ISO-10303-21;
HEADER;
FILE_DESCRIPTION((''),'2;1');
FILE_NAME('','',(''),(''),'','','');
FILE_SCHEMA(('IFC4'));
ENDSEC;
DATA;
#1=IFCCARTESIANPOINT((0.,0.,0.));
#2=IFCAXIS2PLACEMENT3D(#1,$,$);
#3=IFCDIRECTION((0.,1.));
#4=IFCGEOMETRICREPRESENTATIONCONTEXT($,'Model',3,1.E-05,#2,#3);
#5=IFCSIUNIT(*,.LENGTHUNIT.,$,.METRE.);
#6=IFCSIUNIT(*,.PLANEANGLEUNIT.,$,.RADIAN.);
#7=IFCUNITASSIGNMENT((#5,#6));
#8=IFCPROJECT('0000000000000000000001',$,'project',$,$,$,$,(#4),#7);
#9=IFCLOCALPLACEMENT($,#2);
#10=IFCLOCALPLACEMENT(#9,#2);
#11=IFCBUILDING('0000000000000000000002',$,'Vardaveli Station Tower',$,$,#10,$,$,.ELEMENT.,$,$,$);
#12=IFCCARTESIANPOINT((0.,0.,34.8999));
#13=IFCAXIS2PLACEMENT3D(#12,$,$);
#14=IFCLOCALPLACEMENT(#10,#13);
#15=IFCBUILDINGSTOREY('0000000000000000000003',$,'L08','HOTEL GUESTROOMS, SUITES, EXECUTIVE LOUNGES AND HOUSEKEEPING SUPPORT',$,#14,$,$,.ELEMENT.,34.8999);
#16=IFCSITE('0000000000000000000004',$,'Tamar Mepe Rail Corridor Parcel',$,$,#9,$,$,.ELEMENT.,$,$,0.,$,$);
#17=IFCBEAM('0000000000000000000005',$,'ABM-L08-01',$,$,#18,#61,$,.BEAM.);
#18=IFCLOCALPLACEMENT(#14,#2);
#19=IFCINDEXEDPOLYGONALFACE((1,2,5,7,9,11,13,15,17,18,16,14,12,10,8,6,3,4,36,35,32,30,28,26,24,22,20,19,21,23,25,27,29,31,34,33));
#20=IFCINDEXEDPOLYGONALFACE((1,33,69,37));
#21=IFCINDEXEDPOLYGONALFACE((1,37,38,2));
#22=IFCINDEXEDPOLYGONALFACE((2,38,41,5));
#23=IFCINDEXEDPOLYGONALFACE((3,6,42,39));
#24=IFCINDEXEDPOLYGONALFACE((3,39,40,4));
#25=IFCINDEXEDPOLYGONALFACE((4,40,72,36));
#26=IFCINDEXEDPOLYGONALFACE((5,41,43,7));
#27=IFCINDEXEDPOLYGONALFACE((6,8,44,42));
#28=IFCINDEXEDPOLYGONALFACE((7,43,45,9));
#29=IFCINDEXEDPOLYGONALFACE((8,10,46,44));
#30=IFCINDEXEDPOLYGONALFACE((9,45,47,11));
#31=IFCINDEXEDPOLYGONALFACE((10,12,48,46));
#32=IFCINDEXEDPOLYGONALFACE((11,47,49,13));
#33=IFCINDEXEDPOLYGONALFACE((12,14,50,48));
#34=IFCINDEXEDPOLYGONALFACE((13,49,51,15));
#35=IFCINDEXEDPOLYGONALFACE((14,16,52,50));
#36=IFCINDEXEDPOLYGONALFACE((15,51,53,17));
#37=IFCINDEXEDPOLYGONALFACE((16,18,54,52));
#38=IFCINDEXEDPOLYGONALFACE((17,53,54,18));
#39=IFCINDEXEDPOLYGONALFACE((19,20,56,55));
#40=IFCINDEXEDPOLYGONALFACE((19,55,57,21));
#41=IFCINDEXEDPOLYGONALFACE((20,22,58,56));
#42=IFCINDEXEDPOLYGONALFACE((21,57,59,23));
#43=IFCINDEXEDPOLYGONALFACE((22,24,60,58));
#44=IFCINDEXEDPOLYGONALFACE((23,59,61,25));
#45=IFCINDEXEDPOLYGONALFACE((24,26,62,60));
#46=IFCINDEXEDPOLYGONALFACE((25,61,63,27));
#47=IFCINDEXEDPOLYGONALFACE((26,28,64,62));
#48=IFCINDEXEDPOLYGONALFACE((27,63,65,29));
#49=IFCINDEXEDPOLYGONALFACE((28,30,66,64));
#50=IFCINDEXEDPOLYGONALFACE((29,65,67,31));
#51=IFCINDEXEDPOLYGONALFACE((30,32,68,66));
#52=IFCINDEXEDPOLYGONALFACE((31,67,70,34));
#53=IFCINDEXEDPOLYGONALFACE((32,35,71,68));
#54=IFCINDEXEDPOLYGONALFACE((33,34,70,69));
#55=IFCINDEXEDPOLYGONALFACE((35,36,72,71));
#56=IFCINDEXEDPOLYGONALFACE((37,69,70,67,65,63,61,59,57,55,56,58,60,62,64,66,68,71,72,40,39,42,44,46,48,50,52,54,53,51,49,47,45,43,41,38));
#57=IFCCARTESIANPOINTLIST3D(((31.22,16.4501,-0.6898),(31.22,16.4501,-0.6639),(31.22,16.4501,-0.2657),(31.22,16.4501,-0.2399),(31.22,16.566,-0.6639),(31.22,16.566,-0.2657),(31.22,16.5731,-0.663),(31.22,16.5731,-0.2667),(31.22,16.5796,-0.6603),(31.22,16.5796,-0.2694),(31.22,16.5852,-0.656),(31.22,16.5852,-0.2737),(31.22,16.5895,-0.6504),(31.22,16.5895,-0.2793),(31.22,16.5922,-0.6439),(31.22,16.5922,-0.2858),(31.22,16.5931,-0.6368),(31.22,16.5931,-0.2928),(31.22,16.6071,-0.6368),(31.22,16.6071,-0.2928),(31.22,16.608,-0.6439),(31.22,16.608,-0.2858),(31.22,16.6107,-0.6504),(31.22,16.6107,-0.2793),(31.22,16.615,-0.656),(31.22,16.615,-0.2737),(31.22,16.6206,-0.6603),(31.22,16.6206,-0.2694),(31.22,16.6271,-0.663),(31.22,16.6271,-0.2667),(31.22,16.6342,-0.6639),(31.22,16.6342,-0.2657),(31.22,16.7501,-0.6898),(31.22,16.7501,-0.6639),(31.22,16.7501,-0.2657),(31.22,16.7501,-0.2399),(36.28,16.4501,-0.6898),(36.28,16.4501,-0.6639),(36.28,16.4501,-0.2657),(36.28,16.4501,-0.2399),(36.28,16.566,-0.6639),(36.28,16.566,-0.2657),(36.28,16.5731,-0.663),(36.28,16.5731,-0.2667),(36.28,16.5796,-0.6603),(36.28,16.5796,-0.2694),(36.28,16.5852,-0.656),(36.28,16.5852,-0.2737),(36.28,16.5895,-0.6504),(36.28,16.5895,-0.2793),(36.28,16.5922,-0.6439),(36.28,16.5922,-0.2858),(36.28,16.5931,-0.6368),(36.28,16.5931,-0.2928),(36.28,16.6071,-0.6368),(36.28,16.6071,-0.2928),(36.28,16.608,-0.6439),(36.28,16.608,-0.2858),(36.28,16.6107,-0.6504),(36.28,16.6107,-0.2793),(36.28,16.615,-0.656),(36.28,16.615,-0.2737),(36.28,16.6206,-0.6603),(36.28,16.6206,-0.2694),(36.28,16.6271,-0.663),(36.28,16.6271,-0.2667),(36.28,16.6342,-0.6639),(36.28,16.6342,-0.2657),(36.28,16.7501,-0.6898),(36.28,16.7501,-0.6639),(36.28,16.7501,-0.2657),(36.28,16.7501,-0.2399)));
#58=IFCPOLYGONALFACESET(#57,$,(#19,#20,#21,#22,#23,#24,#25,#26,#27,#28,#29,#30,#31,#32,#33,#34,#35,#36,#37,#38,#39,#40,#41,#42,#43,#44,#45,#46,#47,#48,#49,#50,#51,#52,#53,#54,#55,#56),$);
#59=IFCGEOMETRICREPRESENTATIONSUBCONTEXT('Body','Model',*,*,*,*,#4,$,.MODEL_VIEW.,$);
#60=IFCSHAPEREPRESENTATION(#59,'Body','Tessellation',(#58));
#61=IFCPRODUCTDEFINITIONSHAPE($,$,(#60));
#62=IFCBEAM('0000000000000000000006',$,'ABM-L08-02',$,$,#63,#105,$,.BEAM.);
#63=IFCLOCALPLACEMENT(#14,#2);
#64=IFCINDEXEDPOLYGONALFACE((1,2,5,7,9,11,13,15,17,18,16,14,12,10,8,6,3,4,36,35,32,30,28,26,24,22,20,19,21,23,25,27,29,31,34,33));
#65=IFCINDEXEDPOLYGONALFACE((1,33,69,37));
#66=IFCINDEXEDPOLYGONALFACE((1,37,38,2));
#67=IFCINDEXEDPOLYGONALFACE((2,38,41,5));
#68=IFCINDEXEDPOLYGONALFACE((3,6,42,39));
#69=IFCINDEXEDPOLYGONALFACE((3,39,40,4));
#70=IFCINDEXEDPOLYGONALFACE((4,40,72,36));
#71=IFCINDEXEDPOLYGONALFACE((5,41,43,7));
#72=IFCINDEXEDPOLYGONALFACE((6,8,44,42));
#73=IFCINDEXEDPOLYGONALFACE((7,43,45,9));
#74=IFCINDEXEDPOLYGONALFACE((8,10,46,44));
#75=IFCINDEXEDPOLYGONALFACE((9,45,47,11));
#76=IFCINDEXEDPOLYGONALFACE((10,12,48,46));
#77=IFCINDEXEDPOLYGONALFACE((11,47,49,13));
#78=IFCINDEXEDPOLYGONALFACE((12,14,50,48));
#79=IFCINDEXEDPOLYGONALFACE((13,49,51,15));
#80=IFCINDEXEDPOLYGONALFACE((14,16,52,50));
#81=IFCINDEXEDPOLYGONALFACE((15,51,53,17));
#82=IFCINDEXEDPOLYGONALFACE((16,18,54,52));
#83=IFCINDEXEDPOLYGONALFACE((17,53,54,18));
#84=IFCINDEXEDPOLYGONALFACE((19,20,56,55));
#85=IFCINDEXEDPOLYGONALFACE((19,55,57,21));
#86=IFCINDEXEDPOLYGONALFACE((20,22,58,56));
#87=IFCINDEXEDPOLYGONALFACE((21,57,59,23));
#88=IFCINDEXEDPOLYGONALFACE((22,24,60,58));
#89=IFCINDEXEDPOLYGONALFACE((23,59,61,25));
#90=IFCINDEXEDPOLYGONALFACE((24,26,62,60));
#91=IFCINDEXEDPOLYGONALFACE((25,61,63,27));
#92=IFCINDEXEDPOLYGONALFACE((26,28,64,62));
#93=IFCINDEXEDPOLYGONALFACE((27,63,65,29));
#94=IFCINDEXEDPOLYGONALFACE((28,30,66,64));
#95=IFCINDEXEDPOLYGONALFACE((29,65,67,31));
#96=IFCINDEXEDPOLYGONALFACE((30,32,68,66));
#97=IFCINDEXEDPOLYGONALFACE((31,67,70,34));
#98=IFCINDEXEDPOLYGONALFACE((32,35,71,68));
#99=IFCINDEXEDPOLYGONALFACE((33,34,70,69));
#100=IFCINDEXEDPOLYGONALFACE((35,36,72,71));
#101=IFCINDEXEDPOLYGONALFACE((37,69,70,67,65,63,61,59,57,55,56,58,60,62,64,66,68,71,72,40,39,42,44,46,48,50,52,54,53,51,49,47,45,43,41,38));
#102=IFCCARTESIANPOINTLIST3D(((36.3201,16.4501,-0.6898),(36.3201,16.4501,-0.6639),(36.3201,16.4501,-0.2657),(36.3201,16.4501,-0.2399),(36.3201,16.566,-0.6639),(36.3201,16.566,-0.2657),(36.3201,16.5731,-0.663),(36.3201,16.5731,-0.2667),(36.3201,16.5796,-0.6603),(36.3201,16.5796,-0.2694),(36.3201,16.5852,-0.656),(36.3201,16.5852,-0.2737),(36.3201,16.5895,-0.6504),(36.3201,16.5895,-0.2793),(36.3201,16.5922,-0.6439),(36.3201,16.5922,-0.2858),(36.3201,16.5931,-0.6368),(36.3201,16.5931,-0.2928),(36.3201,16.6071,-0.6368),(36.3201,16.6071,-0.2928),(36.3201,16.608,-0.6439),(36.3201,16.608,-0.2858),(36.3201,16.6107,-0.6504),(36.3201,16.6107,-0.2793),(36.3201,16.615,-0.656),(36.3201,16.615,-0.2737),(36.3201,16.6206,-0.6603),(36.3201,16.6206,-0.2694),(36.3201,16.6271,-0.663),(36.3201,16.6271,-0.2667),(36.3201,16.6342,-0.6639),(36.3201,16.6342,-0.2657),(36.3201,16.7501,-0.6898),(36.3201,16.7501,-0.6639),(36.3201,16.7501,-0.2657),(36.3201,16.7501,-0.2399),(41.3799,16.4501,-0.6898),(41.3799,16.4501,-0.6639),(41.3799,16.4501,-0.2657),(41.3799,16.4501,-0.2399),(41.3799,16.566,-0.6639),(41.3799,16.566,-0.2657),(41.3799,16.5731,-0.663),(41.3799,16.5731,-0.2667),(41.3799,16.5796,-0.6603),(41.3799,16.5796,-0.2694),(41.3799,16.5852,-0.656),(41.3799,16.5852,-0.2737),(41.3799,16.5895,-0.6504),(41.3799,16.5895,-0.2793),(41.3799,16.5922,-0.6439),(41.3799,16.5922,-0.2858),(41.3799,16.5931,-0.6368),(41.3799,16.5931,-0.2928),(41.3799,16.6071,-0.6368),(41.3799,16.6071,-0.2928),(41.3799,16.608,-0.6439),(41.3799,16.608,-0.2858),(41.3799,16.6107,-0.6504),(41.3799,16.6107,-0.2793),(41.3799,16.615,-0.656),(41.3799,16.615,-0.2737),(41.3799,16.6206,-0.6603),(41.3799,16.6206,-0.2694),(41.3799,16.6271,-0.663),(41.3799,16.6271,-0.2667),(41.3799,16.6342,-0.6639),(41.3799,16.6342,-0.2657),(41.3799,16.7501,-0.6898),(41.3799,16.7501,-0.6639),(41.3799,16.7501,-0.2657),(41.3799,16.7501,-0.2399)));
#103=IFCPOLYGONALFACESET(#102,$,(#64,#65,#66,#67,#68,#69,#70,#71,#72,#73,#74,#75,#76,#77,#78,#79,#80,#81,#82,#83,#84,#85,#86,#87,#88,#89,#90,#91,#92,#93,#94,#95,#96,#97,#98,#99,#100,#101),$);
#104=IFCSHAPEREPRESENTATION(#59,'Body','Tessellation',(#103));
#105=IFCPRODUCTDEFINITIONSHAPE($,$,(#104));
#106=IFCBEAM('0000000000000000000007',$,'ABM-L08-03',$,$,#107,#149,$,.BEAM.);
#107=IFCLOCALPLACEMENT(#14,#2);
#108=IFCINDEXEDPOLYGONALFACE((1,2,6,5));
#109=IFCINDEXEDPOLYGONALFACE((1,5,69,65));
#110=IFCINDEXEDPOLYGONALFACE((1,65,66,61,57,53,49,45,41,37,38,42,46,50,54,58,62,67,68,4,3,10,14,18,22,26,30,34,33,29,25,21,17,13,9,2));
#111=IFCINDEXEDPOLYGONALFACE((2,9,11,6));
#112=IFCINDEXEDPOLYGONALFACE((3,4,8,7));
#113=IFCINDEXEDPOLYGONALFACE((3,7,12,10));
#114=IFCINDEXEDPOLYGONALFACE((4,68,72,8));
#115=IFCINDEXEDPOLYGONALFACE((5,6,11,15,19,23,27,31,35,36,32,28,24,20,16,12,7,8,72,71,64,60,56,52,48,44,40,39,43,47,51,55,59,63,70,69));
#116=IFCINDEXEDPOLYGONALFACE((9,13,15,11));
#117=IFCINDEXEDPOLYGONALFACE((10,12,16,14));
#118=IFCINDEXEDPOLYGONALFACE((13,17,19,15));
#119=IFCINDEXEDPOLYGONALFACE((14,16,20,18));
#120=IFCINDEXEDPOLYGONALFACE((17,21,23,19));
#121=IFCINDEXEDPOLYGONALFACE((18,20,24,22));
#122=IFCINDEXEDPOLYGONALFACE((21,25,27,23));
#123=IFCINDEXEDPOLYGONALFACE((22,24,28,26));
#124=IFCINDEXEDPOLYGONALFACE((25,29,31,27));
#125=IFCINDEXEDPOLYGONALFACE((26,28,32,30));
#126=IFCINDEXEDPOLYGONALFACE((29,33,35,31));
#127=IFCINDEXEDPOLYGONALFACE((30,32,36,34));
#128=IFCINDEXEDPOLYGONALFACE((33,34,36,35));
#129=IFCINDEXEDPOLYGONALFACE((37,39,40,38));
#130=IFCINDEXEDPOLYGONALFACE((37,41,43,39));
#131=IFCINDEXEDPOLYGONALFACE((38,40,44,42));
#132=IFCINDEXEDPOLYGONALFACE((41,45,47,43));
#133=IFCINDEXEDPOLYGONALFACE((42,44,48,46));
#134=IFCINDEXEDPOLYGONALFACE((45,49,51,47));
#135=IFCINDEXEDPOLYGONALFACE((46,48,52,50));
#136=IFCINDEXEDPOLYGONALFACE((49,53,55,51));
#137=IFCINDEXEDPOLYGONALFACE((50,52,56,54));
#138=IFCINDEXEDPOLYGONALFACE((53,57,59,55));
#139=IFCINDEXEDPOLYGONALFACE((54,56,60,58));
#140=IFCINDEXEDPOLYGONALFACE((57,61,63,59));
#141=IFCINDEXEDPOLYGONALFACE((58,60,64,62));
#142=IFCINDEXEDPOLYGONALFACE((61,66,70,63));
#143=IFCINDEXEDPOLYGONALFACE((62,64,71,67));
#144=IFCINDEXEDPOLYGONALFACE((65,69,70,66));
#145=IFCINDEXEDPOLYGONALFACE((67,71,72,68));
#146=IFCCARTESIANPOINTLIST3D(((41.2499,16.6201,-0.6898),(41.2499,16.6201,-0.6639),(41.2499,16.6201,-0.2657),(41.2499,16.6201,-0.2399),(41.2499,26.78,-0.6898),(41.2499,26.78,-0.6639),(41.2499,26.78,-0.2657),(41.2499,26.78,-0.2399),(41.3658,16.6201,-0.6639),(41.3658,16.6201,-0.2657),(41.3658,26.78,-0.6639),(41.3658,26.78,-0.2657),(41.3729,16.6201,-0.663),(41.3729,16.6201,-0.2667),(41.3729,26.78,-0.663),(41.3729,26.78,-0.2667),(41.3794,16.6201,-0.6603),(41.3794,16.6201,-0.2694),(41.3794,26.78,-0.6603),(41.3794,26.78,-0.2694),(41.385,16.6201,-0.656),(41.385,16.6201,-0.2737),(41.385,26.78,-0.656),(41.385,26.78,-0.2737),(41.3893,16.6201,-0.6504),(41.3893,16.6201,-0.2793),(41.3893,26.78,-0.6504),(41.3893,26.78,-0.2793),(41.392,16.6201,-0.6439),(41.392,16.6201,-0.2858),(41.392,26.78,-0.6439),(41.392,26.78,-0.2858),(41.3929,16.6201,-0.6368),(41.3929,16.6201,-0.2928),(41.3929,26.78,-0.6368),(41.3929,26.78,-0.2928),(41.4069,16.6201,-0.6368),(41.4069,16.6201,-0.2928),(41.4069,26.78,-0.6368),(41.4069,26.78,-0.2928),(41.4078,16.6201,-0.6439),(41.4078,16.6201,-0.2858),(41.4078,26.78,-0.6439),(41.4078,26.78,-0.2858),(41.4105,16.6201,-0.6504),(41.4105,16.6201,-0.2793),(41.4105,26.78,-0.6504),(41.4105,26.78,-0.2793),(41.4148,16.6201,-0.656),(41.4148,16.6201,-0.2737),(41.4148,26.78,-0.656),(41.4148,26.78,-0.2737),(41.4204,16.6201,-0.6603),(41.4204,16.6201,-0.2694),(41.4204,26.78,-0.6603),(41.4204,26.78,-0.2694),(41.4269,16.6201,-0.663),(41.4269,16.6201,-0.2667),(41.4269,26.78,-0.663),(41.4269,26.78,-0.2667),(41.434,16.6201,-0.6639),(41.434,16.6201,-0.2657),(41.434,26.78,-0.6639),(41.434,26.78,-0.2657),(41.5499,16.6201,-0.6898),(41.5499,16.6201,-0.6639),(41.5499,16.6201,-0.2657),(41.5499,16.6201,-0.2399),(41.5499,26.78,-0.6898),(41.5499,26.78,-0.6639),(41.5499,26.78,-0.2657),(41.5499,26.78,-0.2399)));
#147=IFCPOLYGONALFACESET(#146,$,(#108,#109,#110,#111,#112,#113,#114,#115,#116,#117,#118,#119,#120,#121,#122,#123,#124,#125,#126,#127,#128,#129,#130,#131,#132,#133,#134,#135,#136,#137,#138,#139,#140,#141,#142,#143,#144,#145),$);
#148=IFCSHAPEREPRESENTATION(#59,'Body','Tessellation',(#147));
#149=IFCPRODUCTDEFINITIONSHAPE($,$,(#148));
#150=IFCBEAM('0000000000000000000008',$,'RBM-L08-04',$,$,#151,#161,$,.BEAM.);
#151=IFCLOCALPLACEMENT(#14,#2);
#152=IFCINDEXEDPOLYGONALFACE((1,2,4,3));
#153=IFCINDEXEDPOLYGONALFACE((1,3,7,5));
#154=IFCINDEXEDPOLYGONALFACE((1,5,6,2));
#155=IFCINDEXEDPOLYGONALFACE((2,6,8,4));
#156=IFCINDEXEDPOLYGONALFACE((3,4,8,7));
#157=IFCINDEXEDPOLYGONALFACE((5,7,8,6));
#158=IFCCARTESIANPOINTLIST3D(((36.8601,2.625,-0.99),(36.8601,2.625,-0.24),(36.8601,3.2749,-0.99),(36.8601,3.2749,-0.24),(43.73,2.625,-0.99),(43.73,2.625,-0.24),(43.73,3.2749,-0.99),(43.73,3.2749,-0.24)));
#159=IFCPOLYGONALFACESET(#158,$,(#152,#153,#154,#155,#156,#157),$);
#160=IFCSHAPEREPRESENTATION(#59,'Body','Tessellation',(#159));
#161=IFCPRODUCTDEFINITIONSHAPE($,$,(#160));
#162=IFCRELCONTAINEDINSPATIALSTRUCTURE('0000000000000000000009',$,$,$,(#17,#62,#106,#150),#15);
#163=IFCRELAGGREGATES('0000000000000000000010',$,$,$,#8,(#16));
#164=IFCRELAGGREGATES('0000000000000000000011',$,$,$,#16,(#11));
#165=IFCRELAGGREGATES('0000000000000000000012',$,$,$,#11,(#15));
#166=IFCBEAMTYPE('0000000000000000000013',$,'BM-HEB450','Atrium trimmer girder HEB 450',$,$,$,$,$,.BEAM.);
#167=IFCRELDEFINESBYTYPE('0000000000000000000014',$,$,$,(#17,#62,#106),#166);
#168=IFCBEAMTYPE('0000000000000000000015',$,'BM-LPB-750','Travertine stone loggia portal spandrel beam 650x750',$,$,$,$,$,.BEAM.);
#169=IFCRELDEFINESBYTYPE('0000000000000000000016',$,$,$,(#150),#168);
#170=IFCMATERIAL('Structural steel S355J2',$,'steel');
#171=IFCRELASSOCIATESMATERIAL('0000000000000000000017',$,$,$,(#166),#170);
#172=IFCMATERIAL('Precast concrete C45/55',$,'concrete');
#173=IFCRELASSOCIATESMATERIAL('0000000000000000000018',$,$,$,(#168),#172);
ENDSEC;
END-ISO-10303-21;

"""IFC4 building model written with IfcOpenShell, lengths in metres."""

from ifc_helpers import new_model, si_unit, direction, frame, origin, origin_2d, place, context, subcontext, project, spatial, rectangle, i_section, extrude, source, transform, mapped, material, material_profile, profile_set, type_object, element, save


model = new_model("IFC4")

# Units and contexts
model_context = context("Model", 3, precision=1e-05, world=origin(), true_north=direction((0.0, 1.0)))
body_context = subcontext(model_context, "Body", "Model", "MODEL_VIEW")
ifc_project = project(units=[si_unit("LENGTHUNIT", "METRE"), si_unit("PLANEANGLEUNIT", "RADIAN")], contexts=[model_context])

# Site, building, storey
site_placement = place(None, origin())
site = spatial("IfcSite", under=ifc_project, at=site_placement, Name="Tamar Mepe Rail Corridor Parcel", CompositionType="ELEMENT", RefElevation=0.0)
building_placement = place(site_placement, origin())
building = spatial("IfcBuilding", under=site, at=building_placement, Name="Vardaveli Station Tower", CompositionType="ELEMENT")
storey_placement = place(building_placement, frame((0.0, 0.0, 34.8999)))
storey = spatial("IfcBuildingStorey", under=building, at=storey_placement, Name="L08", Description="HOTEL GUESTROOMS, SUITES, EXECUTIVE LOUNGES AND HOUSEKEEPING SUPPORT", CompositionType="ELEMENT", Elevation=34.8999)

# Beams
ifc_material_1 = material(Name="Structural steel S355J2", Category="steel")
ifc_material_profile_1 = material_profile(ifc_material_1, i_section(OverallWidth=0.3, OverallDepth=0.45, WebThickness=0.0139, FlangeThickness=0.0259, FilletRadius=0.0271, at=origin_2d()), Name="HEB 450")
ifc_profile_set_1 = profile_set([ifc_material_profile_1], Name="Structural steel S355J2")
beam_type_1 = type_object("IfcBeamType", Name="BM-HEB450", Description="Atrium trimmer girder HEB 450", PredefinedType="BEAM", material=ifc_profile_set_1)
shared_shape_1 = source(origin(), body_context, "Body", "SweptSolid", [
    extrude(i_section(OverallWidth=0.3, OverallDepth=0.45, WebThickness=0.0139, FlangeThickness=0.0259, FilletRadius=0.0271, at=origin_2d()), origin(), (0.0, 0.0, 1.0), 5.0601),
])
beam_1_placement = place(storey_placement, frame((31.22, 16.6001, -0.4648), z_axis=(1.0, 0.0, 0.0), x_axis=(0.0, 1.0, 0.0)))
element("IfcBeam", 1, at=beam_1_placement, inside=storey, type_object=beam_type_1, Name="ABM-L08-01", PredefinedType="BEAM", context=body_context, shape_type="MappedRepresentation", body=[
    mapped(shared_shape_1, transform((0.0, 0.0, 0.0), scale=1.0)),
])
shared_shape_2 = source(origin(), body_context, "Body", "SweptSolid", [
    extrude(i_section(OverallWidth=0.3, OverallDepth=0.45, WebThickness=0.0139, FlangeThickness=0.0259, FilletRadius=0.0271, at=origin_2d()), origin(), (0.0, 0.0, 1.0), 5.0598),
])
beam_2_placement = place(storey_placement, frame((36.3201, 16.6001, -0.4648), z_axis=(1.0, 0.0, 0.0), x_axis=(0.0, 1.0, 0.0)))
element("IfcBeam", 2, at=beam_2_placement, inside=storey, type_object=beam_type_1, Name="ABM-L08-02", PredefinedType="BEAM", context=body_context, shape_type="MappedRepresentation", body=[
    mapped(shared_shape_2, transform((0.0, 0.0, 0.0), scale=1.0)),
])
shared_shape_3 = source(origin(), body_context, "Body", "SweptSolid", [
    extrude(i_section(OverallWidth=0.3, OverallDepth=0.45, WebThickness=0.0139, FlangeThickness=0.0259, FilletRadius=0.0271, at=origin_2d()), origin(), (0.0, 0.0, 1.0), 10.1599),
])
beam_3_placement = place(storey_placement, frame((41.3999, 16.6201, -0.4648), z_axis=(0.0, 1.0, 0.0), x_axis=(-1.0, 0.0, 0.0)))
element("IfcBeam", 3, at=beam_3_placement, inside=storey, type_object=beam_type_1, Name="ABM-L08-03", PredefinedType="BEAM", context=body_context, shape_type="MappedRepresentation", body=[
    mapped(shared_shape_3, transform((0.0, 0.0, 0.0), scale=1.0)),
])
ifc_material_2 = material(Name="Precast concrete C45/55", Category="concrete")
ifc_material_profile_2 = material_profile(ifc_material_2, rectangle(XDim=0.6499, YDim=0.75, at=origin_2d()), Name="LPB 650x750")
ifc_profile_set_2 = profile_set([ifc_material_profile_2], Name="Precast concrete C45/55")
beam_type_2 = type_object("IfcBeamType", Name="BM-LPB-750", Description="Travertine stone loggia portal spandrel beam 650x750", PredefinedType="BEAM", material=ifc_profile_set_2)
shared_shape_4 = source(origin(), body_context, "Body", "SweptSolid", [
    extrude(rectangle(XDim=0.6499, YDim=0.75, at=origin_2d()), origin(), (0.0, 0.0, 1.0), 6.8699),
])
beam_4_placement = place(storey_placement, frame((36.8601, 2.95, -0.615), z_axis=(1.0, 0.0, 0.0), x_axis=(0.0, 1.0, 0.0)))
element("IfcBeam", 4, at=beam_4_placement, inside=storey, type_object=beam_type_2, Name="RBM-L08-04", PredefinedType="BEAM", context=body_context, shape_type="MappedRepresentation", body=[
    mapped(shared_shape_4, transform((0.0, 0.0, 0.0), scale=1.0)),
])

save(model, "model.ifc")
